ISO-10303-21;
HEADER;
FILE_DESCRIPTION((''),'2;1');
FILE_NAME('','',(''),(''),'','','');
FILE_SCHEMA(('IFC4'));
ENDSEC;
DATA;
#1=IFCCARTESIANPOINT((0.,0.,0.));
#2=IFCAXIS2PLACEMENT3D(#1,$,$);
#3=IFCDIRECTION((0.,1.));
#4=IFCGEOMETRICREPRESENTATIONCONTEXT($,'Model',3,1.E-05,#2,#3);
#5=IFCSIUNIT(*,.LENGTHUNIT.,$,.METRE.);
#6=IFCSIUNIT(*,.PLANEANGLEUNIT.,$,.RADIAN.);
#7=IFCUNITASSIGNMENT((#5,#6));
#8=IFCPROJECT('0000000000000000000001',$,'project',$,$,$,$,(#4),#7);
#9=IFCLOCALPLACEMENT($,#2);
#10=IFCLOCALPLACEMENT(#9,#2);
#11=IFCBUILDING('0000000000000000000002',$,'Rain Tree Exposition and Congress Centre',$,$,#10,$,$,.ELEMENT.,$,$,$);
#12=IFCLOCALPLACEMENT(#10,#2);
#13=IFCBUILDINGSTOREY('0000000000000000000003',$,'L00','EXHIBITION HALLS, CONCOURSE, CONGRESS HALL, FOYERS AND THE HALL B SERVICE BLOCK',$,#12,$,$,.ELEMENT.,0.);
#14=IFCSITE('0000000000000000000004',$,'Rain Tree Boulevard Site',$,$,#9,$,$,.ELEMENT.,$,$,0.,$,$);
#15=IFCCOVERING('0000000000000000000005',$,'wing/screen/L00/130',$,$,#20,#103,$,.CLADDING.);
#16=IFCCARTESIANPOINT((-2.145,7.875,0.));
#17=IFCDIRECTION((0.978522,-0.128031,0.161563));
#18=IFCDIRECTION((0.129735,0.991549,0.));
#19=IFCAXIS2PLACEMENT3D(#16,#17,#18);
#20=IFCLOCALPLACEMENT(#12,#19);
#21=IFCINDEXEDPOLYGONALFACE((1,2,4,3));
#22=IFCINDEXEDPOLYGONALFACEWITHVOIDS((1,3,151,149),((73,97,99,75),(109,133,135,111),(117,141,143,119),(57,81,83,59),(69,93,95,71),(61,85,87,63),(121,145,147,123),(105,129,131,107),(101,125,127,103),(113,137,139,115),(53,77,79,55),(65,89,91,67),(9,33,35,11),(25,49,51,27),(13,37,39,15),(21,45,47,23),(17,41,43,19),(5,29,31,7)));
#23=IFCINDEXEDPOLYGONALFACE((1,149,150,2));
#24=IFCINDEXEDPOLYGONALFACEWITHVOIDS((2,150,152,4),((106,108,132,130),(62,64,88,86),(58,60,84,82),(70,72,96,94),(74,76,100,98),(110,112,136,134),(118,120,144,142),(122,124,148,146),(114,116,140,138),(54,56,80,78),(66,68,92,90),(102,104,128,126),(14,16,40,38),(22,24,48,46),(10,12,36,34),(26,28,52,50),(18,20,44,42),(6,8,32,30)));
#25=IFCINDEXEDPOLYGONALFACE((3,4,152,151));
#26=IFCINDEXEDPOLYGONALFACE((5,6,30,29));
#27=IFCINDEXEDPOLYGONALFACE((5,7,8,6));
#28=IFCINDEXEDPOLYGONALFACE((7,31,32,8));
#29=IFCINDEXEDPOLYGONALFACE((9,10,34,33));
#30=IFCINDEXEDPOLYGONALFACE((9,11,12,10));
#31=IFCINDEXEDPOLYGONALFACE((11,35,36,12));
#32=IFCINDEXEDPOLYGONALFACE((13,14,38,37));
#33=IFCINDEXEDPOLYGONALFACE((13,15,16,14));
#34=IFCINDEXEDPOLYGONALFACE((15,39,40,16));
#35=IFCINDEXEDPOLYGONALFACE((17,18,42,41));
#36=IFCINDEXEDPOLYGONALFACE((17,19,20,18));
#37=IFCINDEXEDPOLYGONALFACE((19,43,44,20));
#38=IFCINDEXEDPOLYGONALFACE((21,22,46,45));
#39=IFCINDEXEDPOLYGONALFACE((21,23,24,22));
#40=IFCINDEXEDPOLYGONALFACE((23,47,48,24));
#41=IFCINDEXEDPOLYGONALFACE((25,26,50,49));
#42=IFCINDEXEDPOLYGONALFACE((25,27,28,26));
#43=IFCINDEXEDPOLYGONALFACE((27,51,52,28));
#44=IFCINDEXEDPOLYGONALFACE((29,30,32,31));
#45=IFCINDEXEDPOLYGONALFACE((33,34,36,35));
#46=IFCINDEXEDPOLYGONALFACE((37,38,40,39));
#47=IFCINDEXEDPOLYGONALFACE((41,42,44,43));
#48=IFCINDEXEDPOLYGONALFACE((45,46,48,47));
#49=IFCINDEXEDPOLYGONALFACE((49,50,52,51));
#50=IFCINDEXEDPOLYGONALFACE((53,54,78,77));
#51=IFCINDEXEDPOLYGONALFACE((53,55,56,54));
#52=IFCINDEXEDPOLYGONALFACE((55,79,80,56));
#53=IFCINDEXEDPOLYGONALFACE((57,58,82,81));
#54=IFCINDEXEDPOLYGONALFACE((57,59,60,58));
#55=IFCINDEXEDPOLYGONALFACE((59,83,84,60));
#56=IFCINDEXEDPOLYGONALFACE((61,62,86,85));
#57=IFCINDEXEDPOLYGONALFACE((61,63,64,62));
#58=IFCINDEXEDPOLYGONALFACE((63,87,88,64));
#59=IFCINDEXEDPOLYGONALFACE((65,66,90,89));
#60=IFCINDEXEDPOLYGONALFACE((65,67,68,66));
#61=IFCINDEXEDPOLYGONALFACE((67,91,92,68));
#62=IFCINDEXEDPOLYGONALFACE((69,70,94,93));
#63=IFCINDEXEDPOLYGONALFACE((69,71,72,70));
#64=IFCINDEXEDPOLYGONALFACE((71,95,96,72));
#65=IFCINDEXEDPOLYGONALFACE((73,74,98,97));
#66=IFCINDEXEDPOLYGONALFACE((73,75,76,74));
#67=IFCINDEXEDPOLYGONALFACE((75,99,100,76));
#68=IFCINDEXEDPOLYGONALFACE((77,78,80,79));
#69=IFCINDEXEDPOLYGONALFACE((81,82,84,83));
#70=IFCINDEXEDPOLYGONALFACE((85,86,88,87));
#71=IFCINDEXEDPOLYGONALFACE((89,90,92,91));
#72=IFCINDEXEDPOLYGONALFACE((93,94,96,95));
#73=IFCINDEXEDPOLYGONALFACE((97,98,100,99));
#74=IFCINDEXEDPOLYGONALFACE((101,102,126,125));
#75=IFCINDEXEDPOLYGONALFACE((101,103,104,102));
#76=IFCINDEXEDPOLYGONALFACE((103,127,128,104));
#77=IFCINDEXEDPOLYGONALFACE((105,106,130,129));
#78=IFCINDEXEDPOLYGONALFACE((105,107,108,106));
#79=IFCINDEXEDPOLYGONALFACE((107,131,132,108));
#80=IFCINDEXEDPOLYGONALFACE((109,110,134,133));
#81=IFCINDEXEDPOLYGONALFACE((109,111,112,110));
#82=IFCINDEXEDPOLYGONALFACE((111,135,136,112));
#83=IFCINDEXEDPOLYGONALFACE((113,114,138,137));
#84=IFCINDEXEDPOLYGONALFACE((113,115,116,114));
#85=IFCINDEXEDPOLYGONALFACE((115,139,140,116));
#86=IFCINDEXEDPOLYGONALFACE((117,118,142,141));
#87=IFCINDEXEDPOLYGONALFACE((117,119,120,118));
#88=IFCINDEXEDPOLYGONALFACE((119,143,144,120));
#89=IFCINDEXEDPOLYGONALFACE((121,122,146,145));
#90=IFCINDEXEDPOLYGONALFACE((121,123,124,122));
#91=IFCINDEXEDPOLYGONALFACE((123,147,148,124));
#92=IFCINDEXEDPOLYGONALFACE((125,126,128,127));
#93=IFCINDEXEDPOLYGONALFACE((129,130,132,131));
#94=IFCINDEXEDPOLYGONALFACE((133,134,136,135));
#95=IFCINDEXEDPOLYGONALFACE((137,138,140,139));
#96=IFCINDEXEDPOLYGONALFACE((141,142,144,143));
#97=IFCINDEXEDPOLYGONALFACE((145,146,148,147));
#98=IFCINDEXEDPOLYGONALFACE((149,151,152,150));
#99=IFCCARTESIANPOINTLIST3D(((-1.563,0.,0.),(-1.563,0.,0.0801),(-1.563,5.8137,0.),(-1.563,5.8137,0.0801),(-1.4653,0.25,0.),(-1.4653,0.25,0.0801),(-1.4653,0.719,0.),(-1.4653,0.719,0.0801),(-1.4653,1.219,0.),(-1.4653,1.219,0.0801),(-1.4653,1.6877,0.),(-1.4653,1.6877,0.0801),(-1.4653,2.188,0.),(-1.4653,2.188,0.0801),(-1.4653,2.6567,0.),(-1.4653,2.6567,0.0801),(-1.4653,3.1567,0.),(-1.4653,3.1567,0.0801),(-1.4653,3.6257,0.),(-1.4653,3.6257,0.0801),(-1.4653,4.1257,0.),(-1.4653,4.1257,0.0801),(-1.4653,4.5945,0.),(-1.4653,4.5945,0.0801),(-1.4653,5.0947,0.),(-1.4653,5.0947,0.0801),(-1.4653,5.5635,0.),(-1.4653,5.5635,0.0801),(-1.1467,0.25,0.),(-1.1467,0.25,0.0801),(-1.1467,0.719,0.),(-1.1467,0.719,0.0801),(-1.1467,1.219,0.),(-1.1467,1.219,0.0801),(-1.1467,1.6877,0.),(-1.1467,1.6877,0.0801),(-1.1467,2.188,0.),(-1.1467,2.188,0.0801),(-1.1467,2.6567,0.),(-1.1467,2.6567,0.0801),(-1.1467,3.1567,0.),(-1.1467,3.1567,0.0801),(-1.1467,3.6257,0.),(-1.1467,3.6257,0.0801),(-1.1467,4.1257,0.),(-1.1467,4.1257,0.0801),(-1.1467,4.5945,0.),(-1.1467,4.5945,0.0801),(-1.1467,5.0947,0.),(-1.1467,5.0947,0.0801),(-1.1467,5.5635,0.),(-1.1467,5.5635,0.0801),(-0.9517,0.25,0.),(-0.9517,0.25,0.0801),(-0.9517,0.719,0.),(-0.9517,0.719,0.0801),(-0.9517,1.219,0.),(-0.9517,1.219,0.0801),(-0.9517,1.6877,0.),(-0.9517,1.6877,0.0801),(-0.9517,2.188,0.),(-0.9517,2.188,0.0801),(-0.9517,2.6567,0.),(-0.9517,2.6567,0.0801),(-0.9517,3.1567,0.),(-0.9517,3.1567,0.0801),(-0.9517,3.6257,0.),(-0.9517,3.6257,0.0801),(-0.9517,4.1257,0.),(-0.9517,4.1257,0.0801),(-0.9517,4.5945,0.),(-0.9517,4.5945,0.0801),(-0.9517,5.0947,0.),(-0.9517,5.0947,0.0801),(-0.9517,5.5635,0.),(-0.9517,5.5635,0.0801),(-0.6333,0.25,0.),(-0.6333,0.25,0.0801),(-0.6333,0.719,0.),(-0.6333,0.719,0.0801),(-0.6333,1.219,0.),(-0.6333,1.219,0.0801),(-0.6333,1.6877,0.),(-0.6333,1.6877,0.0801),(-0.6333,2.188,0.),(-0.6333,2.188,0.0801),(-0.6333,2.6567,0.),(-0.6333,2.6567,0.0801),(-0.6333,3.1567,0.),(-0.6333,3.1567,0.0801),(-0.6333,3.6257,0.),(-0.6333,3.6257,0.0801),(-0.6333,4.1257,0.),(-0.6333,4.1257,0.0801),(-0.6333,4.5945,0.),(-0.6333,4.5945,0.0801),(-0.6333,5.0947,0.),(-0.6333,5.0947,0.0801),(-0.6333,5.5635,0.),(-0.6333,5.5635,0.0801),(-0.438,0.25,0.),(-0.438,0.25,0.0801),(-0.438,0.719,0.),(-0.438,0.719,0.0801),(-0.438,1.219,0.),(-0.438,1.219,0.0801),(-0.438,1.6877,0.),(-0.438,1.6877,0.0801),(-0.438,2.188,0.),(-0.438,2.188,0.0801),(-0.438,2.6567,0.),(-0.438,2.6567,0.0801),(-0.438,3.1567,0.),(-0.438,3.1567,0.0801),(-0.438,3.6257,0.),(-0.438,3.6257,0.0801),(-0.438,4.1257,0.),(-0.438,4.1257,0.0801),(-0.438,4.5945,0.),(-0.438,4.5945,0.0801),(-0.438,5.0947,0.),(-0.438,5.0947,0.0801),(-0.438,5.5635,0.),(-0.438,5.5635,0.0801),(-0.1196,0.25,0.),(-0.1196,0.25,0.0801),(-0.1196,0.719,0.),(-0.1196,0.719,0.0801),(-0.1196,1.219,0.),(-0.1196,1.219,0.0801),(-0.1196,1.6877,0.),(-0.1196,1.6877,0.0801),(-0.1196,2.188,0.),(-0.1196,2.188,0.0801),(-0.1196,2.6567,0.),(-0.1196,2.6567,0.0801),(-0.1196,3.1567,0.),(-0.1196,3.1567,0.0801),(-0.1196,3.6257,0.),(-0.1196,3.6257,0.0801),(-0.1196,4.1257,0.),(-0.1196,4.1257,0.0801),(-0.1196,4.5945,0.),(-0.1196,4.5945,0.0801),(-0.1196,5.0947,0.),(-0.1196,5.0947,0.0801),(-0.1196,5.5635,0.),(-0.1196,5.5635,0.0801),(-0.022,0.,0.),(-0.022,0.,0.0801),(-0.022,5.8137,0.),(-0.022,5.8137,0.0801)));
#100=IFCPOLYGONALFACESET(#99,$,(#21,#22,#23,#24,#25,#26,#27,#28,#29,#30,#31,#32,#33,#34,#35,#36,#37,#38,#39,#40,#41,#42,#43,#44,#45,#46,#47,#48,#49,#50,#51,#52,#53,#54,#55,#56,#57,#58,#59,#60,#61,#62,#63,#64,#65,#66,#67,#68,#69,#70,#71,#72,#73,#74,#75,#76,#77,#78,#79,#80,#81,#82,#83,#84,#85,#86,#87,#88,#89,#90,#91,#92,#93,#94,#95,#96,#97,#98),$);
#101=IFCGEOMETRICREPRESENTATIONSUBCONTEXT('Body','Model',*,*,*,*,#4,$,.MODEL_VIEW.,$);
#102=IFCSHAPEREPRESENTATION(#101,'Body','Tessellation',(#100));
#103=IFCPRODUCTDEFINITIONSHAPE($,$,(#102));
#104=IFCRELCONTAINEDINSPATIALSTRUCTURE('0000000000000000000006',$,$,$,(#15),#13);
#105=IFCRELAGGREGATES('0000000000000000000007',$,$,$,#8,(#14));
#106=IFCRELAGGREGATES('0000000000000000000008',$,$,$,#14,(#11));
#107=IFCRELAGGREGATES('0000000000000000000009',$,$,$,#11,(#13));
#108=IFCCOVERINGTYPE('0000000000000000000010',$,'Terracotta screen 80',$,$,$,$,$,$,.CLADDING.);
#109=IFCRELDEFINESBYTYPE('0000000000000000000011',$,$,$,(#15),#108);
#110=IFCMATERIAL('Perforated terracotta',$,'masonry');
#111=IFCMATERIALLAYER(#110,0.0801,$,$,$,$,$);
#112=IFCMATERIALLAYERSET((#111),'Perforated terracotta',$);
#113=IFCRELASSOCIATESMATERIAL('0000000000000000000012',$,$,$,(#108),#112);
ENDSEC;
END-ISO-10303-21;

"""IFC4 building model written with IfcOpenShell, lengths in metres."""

from ifc_helpers import new_model, si_unit, direction, frame, origin, place, context, subcontext, project, spatial, polyline, outline, extrude, material, layer, layer_set, type_object, element, save


model = new_model("IFC4")

# Units and contexts
model_context = context("Model", 3, precision=1e-05, world=origin(), true_north=direction((0.0, 1.0)))
body_context = subcontext(model_context, "Body", "Model", "MODEL_VIEW")
ifc_project = project(units=[si_unit("LENGTHUNIT", "METRE"), si_unit("PLANEANGLEUNIT", "RADIAN")], contexts=[model_context])

# Site, building, storey
site_placement = place(None, origin())
site = spatial("IfcSite", under=ifc_project, at=site_placement, Name="Rain Tree Boulevard Site", CompositionType="ELEMENT", RefElevation=0.0)
building_placement = place(site_placement, origin())
building = spatial("IfcBuilding", under=site, at=building_placement, Name="Rain Tree Exposition and Congress Centre", CompositionType="ELEMENT")
storey_placement = place(building_placement, origin())
storey = spatial("IfcBuildingStorey", under=building, at=storey_placement, Name="L00", Description="EXHIBITION HALLS, CONCOURSE, CONGRESS HALL, FOYERS AND THE HALL B SERVICE BLOCK", CompositionType="ELEMENT", Elevation=0.0)

# Covering
ifc_material_1 = material(Name="Perforated terracotta", Category="masonry")
ifc_layer_1 = layer(ifc_material_1, 0.0801)
ifc_layer_set_1 = layer_set([ifc_layer_1], Name="Perforated terracotta")
covering_type = type_object("IfcCoveringType", Name="Terracotta screen 80", PredefinedType="CLADDING", material=ifc_layer_set_1)
covering_1_placement = place(storey_placement, frame((-2.145, 7.875, 0.0), z_axis=(0.978522, -0.128031, 0.161563), x_axis=(0.129735, 0.991549, 0.0)))
element("IfcCovering", 1, at=covering_1_placement, inside=storey, type_object=covering_type, Name="wing/screen/L00/130", PredefinedType="CLADDING", context=body_context, shape_type="SweptSolid", body=[
    extrude(outline(polyline([(-1.563, 0.0), (-1.563, 5.8137), (-0.022, 5.8137), (-0.022, 0.0), (-1.563, 0.0)]), holes=[polyline([(-0.1196, 0.25), (-0.1196, 0.719), (-0.438, 0.719), (-0.438, 0.25), (-0.1196, 0.25)]), polyline([(-0.1196, 1.219), (-0.1196, 1.6877), (-0.438, 1.6877), (-0.438, 1.219), (-0.1196, 1.219)]), polyline([(-0.1196, 2.188), (-0.1196, 2.6567), (-0.438, 2.6567), (-0.438, 2.188), (-0.1196, 2.188)]), polyline([(-0.1196, 3.1567), (-0.1196, 3.6257), (-0.438, 3.6257), (-0.438, 3.1567), (-0.1196, 3.1567)]), polyline([(-0.1196, 4.1257), (-0.1196, 4.5945), (-0.438, 4.5945), (-0.438, 4.1257), (-0.1196, 4.1257)]), polyline([(-0.1196, 5.0947), (-0.1196, 5.5635), (-0.438, 5.5635), (-0.438, 5.0947), (-0.1196, 5.0947)]), polyline([(-0.6333, 0.25), (-0.6333, 0.719), (-0.9517, 0.719), (-0.9517, 0.25), (-0.6333, 0.25)]), polyline([(-0.6333, 1.219), (-0.6333, 1.6877), (-0.9517, 1.6877), (-0.9517, 1.219), (-0.6333, 1.219)]), polyline([(-0.6333, 2.188), (-0.6333, 2.6567), (-0.9517, 2.6567), (-0.9517, 2.188), (-0.6333, 2.188)]), polyline([(-0.6333, 3.1567), (-0.6333, 3.6257), (-0.9517, 3.6257), (-0.9517, 3.1567), (-0.6333, 3.1567)]), polyline([(-0.6333, 4.1257), (-0.6333, 4.5945), (-0.9517, 4.5945), (-0.9517, 4.1257), (-0.6333, 4.1257)]), polyline([(-0.6333, 5.0947), (-0.6333, 5.5635), (-0.9517, 5.5635), (-0.9517, 5.0947), (-0.6333, 5.0947)]), polyline([(-1.1467, 0.25), (-1.1467, 0.719), (-1.4653, 0.719), (-1.4653, 0.25), (-1.1467, 0.25)]), polyline([(-1.1467, 1.219), (-1.1467, 1.6877), (-1.4653, 1.6877), (-1.4653, 1.219), (-1.1467, 1.219)]), polyline([(-1.1467, 2.188), (-1.1467, 2.6567), (-1.4653, 2.6567), (-1.4653, 2.188), (-1.1467, 2.188)]), polyline([(-1.1467, 3.1567), (-1.1467, 3.6257), (-1.4653, 3.6257), (-1.4653, 3.1567), (-1.1467, 3.1567)]), polyline([(-1.1467, 4.1257), (-1.1467, 4.5945), (-1.4653, 4.5945), (-1.4653, 4.1257), (-1.1467, 4.1257)]), polyline([(-1.1467, 5.0947), (-1.1467, 5.5635), (-1.4653, 5.5635), (-1.4653, 5.0947), (-1.1467, 5.0947)])]), origin(), (0.0, 0.0, 1.0), 0.0801),
])

save(model, "model.ifc")
